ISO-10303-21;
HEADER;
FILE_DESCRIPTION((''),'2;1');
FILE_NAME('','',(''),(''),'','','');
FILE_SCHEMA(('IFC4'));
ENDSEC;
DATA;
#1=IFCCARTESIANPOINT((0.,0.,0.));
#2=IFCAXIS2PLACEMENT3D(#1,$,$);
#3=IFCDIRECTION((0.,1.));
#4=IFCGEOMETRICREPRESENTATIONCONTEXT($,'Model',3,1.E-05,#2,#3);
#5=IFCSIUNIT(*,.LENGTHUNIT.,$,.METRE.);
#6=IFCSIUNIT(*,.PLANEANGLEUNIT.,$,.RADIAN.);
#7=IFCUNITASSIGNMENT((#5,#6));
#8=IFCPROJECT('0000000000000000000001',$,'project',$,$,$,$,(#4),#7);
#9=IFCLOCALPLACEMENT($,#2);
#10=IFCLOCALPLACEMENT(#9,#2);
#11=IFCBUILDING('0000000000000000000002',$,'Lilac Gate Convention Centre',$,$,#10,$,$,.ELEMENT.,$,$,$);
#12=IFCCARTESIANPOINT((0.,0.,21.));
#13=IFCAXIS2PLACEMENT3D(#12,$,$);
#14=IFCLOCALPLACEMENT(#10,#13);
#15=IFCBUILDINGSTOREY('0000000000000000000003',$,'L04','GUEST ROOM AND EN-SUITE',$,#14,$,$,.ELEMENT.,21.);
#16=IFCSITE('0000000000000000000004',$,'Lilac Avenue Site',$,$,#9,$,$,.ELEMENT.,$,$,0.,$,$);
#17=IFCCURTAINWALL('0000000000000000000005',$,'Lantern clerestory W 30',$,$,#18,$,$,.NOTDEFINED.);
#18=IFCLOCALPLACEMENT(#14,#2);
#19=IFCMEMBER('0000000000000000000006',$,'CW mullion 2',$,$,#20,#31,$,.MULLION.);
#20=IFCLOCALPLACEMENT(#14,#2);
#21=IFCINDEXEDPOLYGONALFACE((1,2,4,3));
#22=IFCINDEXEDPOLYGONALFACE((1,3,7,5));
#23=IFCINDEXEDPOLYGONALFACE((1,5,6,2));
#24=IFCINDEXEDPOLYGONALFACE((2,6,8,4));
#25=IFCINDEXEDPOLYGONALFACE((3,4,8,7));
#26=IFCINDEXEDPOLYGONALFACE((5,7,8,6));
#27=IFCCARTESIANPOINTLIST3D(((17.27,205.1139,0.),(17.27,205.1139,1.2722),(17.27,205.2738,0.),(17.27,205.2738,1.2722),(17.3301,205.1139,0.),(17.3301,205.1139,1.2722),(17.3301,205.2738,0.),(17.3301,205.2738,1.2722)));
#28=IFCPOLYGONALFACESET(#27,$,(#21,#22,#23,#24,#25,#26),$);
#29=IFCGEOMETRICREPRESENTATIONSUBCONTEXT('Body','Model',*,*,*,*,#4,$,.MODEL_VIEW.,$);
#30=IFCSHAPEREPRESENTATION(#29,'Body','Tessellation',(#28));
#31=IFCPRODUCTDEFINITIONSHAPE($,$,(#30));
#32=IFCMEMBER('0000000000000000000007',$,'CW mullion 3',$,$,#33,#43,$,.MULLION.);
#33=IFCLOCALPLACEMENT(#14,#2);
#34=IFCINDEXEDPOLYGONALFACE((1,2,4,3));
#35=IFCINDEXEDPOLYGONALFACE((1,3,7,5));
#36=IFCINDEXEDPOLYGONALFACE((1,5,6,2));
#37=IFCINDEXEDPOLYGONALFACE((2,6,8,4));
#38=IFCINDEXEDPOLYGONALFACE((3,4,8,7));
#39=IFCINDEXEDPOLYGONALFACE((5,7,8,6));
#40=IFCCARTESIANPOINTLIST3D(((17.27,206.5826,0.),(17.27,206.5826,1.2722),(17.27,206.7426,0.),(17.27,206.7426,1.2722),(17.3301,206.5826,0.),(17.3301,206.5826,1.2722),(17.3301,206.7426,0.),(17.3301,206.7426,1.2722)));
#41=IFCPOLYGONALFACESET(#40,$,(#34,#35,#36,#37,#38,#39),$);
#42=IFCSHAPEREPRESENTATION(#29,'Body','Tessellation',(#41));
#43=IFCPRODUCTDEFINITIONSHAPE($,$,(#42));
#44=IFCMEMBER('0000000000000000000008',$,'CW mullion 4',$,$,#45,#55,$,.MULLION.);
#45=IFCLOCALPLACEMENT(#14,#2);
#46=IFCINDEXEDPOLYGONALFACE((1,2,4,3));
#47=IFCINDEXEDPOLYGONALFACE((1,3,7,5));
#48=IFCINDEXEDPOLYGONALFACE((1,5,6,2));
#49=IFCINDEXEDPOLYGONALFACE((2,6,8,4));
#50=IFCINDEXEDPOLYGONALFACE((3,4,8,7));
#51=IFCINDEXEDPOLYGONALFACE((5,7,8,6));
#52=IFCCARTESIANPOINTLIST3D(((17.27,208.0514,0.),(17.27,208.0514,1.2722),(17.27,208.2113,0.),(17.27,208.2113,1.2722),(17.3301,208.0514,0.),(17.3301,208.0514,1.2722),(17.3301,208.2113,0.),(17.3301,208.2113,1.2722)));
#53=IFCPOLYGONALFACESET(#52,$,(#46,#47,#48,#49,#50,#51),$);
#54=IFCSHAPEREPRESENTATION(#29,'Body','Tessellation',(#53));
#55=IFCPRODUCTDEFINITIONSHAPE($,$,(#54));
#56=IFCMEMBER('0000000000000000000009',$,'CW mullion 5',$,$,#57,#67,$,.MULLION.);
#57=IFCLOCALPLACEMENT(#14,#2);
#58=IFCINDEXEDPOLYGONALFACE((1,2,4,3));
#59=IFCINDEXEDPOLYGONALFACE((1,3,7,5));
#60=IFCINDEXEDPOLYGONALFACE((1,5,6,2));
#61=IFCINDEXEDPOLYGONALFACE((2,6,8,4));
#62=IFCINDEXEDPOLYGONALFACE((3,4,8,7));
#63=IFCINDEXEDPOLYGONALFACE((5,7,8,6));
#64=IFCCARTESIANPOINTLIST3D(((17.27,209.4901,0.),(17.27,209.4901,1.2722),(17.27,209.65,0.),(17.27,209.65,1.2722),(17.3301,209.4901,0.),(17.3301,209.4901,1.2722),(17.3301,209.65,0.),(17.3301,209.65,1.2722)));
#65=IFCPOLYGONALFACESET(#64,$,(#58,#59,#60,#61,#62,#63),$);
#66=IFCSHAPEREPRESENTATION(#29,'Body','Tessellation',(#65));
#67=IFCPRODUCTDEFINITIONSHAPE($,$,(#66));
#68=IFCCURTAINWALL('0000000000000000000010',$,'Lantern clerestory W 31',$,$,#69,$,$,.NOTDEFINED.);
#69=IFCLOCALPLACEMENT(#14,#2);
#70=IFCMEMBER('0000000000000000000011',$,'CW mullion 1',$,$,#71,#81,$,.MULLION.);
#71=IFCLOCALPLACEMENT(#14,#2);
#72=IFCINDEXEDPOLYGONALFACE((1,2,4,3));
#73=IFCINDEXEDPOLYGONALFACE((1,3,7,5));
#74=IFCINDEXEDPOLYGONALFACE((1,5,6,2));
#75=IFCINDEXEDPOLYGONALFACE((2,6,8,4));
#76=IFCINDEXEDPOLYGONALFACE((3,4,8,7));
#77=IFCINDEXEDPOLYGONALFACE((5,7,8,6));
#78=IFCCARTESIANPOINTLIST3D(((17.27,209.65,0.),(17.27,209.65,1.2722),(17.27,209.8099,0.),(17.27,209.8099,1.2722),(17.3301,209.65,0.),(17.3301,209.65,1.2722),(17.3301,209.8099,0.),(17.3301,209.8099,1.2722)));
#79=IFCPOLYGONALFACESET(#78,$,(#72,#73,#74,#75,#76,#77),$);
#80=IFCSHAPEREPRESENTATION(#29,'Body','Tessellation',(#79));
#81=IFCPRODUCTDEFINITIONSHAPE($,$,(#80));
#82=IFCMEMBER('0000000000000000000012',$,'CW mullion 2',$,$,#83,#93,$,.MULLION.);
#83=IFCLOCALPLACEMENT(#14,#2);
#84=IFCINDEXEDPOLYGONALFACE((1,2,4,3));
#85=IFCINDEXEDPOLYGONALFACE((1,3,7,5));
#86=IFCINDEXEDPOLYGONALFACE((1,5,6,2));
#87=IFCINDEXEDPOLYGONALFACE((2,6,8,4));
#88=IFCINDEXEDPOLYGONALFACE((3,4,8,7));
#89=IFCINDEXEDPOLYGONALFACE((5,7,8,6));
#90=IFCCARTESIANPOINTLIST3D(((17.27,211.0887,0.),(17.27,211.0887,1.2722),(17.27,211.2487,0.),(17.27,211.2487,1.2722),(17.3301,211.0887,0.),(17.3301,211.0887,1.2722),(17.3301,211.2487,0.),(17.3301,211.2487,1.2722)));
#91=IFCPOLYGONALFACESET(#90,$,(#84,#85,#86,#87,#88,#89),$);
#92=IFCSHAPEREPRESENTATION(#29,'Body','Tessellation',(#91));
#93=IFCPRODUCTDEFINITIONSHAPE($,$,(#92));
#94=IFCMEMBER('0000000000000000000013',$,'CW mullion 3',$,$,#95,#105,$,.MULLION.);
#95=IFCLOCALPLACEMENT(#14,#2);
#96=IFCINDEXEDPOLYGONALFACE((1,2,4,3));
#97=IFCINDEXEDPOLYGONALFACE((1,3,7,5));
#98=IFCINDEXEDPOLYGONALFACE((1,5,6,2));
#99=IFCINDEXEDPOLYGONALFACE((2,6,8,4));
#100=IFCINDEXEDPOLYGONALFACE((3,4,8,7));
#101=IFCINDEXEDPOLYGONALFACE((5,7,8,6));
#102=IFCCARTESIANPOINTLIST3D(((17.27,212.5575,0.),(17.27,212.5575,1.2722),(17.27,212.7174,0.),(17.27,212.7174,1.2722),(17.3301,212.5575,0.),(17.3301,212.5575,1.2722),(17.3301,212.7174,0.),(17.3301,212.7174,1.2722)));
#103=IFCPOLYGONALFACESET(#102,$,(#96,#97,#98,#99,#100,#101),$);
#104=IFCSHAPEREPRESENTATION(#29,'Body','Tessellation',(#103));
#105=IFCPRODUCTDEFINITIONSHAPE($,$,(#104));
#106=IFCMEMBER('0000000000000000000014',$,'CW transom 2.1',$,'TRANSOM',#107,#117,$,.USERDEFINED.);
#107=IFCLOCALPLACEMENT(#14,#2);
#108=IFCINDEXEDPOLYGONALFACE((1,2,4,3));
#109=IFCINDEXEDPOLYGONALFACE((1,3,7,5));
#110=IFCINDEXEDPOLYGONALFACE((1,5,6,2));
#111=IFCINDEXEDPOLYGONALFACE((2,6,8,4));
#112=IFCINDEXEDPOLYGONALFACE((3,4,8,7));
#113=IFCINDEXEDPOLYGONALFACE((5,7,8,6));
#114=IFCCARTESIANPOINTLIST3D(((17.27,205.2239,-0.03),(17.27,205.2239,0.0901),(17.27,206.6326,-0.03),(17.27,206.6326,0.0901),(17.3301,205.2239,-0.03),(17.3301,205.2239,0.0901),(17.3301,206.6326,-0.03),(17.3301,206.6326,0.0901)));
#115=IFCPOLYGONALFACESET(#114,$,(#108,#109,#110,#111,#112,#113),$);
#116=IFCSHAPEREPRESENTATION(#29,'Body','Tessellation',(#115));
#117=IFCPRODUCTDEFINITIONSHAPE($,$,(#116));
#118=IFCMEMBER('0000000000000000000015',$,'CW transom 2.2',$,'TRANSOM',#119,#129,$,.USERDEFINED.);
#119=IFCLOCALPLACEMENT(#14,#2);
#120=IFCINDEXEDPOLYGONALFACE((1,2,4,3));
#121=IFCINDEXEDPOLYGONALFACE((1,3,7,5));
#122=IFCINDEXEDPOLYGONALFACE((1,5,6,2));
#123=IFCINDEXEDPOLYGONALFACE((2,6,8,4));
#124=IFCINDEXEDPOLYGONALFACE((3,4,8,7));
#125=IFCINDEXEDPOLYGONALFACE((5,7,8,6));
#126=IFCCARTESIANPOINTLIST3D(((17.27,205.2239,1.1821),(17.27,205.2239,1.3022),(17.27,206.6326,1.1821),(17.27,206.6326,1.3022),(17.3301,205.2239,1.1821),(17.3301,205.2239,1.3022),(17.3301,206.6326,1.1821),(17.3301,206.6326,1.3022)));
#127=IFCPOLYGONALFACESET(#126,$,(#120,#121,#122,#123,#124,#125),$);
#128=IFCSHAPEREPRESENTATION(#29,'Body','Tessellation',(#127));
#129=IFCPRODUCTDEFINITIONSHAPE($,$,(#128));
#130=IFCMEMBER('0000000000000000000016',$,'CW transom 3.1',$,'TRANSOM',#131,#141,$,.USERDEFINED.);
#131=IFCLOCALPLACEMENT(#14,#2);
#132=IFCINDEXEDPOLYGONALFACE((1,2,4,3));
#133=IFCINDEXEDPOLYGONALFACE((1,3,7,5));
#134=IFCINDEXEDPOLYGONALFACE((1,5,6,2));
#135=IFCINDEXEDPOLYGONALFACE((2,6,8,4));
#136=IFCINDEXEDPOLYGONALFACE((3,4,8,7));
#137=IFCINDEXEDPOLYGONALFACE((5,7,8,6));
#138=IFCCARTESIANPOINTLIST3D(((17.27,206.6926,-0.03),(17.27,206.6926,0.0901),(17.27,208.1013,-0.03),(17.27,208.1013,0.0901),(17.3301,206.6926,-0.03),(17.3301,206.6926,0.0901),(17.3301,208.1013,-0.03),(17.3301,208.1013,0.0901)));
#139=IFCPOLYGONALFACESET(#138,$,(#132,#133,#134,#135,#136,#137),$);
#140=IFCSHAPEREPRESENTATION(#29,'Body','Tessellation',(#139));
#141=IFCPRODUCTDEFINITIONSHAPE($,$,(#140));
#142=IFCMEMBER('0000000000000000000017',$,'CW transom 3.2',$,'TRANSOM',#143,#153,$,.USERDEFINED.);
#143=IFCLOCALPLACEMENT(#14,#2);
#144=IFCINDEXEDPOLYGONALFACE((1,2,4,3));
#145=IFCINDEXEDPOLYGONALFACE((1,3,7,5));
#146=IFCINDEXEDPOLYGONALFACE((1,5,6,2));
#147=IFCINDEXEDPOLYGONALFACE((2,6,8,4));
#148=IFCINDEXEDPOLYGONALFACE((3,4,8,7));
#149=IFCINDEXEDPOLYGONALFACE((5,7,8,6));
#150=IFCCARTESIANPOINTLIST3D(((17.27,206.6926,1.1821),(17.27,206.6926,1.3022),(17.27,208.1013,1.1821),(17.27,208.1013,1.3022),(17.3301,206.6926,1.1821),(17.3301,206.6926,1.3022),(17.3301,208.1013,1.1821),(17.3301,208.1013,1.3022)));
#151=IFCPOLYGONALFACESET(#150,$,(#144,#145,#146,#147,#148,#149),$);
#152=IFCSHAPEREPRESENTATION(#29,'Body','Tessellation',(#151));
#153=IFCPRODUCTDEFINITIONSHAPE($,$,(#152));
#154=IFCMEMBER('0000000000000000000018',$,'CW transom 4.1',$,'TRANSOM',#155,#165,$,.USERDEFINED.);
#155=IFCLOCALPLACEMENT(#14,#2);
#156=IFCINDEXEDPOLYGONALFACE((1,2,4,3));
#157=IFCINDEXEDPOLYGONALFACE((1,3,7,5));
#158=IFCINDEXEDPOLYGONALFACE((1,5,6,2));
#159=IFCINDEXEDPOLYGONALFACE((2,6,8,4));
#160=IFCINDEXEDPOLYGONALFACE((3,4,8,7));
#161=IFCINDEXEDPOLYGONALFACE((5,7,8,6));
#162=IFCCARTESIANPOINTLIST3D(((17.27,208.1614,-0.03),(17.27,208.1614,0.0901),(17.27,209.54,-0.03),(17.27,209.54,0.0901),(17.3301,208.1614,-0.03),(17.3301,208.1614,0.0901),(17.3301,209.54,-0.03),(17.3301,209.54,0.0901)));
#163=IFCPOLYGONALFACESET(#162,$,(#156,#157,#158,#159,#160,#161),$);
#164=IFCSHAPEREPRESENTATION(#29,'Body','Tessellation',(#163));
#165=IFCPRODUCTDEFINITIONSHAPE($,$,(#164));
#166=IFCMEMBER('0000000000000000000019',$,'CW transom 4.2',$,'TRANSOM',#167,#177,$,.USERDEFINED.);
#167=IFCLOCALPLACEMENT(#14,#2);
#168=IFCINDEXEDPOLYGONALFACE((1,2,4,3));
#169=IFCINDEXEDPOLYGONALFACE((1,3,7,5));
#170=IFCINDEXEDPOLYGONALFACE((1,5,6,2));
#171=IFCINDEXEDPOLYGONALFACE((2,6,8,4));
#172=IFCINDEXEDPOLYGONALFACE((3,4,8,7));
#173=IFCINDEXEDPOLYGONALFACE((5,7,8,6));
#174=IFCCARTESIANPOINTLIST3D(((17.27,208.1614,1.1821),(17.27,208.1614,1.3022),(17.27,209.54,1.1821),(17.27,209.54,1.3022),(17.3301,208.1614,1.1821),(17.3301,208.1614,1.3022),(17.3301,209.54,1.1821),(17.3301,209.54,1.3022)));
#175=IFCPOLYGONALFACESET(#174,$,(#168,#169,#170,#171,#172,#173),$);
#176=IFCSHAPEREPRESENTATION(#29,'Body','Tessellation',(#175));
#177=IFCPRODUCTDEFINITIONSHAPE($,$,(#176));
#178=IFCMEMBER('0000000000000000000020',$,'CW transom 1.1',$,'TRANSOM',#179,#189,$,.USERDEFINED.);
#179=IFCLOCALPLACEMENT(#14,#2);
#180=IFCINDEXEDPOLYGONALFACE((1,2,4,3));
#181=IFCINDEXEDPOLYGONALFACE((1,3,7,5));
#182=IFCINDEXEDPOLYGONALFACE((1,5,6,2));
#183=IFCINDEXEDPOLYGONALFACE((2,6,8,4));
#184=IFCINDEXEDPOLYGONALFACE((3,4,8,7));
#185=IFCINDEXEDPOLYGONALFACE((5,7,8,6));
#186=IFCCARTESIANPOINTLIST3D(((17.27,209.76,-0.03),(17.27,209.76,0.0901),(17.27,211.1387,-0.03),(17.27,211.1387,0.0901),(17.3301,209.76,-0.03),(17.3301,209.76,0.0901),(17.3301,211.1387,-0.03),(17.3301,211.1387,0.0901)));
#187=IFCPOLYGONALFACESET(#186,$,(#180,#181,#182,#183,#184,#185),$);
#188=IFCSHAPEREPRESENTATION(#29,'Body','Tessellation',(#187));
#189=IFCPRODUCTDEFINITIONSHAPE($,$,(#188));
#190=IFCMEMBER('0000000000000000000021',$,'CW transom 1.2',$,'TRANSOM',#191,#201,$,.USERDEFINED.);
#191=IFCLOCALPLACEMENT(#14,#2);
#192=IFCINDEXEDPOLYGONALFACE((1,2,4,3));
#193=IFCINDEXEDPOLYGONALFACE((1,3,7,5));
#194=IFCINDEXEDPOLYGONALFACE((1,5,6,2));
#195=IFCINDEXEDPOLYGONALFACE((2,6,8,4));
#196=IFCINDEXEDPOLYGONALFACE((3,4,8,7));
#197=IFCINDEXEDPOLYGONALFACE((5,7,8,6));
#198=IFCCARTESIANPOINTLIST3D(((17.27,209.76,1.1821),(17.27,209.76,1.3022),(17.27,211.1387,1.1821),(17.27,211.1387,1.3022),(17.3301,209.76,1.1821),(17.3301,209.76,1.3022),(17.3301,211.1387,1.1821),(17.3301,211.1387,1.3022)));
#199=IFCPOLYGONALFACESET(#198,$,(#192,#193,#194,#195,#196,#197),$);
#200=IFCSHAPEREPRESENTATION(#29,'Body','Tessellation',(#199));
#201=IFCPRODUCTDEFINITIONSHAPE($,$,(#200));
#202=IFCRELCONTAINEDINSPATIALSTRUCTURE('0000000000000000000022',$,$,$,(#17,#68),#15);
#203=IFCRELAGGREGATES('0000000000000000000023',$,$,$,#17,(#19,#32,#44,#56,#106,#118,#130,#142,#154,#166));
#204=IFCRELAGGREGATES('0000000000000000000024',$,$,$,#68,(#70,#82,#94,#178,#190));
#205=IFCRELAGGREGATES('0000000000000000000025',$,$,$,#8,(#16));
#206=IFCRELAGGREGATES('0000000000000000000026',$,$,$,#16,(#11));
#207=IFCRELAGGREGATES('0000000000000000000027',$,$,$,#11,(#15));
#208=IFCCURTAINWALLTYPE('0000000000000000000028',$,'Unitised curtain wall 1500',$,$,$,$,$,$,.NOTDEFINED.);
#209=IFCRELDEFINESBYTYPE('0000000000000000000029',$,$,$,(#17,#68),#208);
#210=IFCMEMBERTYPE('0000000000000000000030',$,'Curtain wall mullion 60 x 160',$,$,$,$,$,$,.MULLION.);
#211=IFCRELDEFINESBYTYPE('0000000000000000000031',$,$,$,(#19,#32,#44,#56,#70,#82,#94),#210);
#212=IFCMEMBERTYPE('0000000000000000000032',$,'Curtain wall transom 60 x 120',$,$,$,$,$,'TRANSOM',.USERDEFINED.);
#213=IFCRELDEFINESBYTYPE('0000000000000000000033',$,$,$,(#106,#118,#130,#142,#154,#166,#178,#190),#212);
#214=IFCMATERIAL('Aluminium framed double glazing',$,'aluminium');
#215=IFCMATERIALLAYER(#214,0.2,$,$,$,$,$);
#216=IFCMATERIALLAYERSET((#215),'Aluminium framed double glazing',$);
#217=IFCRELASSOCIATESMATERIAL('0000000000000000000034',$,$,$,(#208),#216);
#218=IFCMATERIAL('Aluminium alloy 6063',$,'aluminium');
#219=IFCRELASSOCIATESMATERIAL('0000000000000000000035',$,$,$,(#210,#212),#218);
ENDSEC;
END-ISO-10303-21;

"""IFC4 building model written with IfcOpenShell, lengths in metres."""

from ifc_helpers import new_model, si_unit, direction, frame, origin, origin_2d, place, context, subcontext, project, spatial, rectangle, extrude, material, layer, layer_set, material_profile, profile_set, type_object, element, aggregate, save


model = new_model("IFC4")

# Units and contexts
model_context = context("Model", 3, precision=1e-05, world=origin(), true_north=direction((0.0, 1.0)))
body_context = subcontext(model_context, "Body", "Model", "MODEL_VIEW")
ifc_project = project(units=[si_unit("LENGTHUNIT", "METRE"), si_unit("PLANEANGLEUNIT", "RADIAN")], contexts=[model_context])

# Site, building, storey
site_placement = place(None, origin())
site = spatial("IfcSite", under=ifc_project, at=site_placement, Name="Lilac Avenue Site", CompositionType="ELEMENT", RefElevation=0.0)
building_placement = place(site_placement, origin())
building = spatial("IfcBuilding", under=site, at=building_placement, Name="Lilac Gate Convention Centre", CompositionType="ELEMENT")
storey_placement = place(building_placement, frame((0.0, 0.0, 21.0)))
storey = spatial("IfcBuildingStorey", under=building, at=storey_placement, Name="L04", Description="GUEST ROOM AND EN-SUITE", CompositionType="ELEMENT", Elevation=21.0)

# Curtain walls, members
ifc_material_1 = material(Name="Aluminium framed double glazing", Category="aluminium")
ifc_layer_1 = layer(ifc_material_1, 0.2)
ifc_layer_set_1 = layer_set([ifc_layer_1], Name="Aluminium framed double glazing")
curtain_wall_type = type_object("IfcCurtainWallType", Name="Unitised curtain wall 1500", PredefinedType="NOTDEFINED", material=ifc_layer_set_1)
curtain_wall_1_placement = place(storey_placement, origin())
curtain_wall_1 = element("IfcCurtainWall", 1, at=curtain_wall_1_placement, inside=storey, type_object=curtain_wall_type, Name="Lantern clerestory W 30", PredefinedType="NOTDEFINED")
ifc_material_2 = material(Name="Aluminium alloy 6063", Category="aluminium")
ifc_material_profile_1 = material_profile(ifc_material_2, rectangle(XDim=0.0601, YDim=0.1599, at=origin_2d()), Name="Curtain wall mullion 60 x 160")
ifc_profile_set_1 = profile_set([ifc_material_profile_1], Name="Aluminium alloy 6063")
member_type_1 = type_object("IfcMemberType", Name="Curtain wall mullion 60 x 160", PredefinedType="MULLION", material=ifc_profile_set_1)
member_1_placement = place(storey_placement, frame((17.3, 205.1938, 0.0), z_axis=(0.0, 0.0, 1.0), x_axis=(-1.0, 0.0, 0.0)))
member_1 = element("IfcMember", 2, at=member_1_placement, type_object=member_type_1, Name="CW mullion 2", PredefinedType="MULLION", context=body_context, shape_type="SweptSolid", body=[
    extrude(rectangle(XDim=0.0601, YDim=0.1599, at=origin_2d()), origin(), (0.0, 0.0, 1.0), 1.2722),
])
member_2_placement = place(storey_placement, frame((17.3, 206.6626, 0.0), z_axis=(0.0, 0.0, 1.0), x_axis=(-1.0, 0.0, 0.0)))
member_2 = element("IfcMember", 3, at=member_2_placement, type_object=member_type_1, Name="CW mullion 3", PredefinedType="MULLION", context=body_context, shape_type="SweptSolid", body=[
    extrude(rectangle(XDim=0.0601, YDim=0.1599, at=origin_2d()), origin(), (0.0, 0.0, 1.0), 1.2722),
])
member_3_placement = place(storey_placement, frame((17.3, 208.1313, 0.0), z_axis=(0.0, 0.0, 1.0), x_axis=(-1.0, 0.0, 0.0)))
member_3 = element("IfcMember", 4, at=member_3_placement, type_object=member_type_1, Name="CW mullion 4", PredefinedType="MULLION", context=body_context, shape_type="SweptSolid", body=[
    extrude(rectangle(XDim=0.0601, YDim=0.1599, at=origin_2d()), origin(), (0.0, 0.0, 1.0), 1.2722),
])
member_4_placement = place(storey_placement, frame((17.3, 209.5701, 0.0), z_axis=(0.0, 0.0, 1.0), x_axis=(-1.0, 0.0, 0.0)))
member_4 = element("IfcMember", 5, at=member_4_placement, type_object=member_type_1, Name="CW mullion 5", PredefinedType="MULLION", context=body_context, shape_type="SweptSolid", body=[
    extrude(rectangle(XDim=0.0601, YDim=0.1599, at=origin_2d()), origin(), (0.0, 0.0, 1.0), 1.2722),
])
curtain_wall_2_placement = place(storey_placement, origin())
curtain_wall_2 = element("IfcCurtainWall", 6, at=curtain_wall_2_placement, inside=storey, type_object=curtain_wall_type, Name="Lantern clerestory W 31", PredefinedType="NOTDEFINED")
member_5_placement = place(storey_placement, frame((17.3, 209.73, 0.0), z_axis=(0.0, 0.0, 1.0), x_axis=(-1.0, 0.0, 0.0)))
member_5 = element("IfcMember", 7, at=member_5_placement, type_object=member_type_1, Name="CW mullion 1", PredefinedType="MULLION", context=body_context, shape_type="SweptSolid", body=[
    extrude(rectangle(XDim=0.0601, YDim=0.1599, at=origin_2d()), origin(), (0.0, 0.0, 1.0), 1.2722),
])
member_6_placement = place(storey_placement, frame((17.3, 211.1687, 0.0), z_axis=(0.0, 0.0, 1.0), x_axis=(-1.0, 0.0, 0.0)))
member_6 = element("IfcMember", 8, at=member_6_placement, type_object=member_type_1, Name="CW mullion 2", PredefinedType="MULLION", context=body_context, shape_type="SweptSolid", body=[
    extrude(rectangle(XDim=0.0601, YDim=0.1599, at=origin_2d()), origin(), (0.0, 0.0, 1.0), 1.2722),
])
member_7_placement = place(storey_placement, frame((17.3, 212.6375, 0.0), z_axis=(0.0, 0.0, 1.0), x_axis=(-1.0, 0.0, 0.0)))
member_7 = element("IfcMember", 9, at=member_7_placement, type_object=member_type_1, Name="CW mullion 3", PredefinedType="MULLION", context=body_context, shape_type="SweptSolid", body=[
    extrude(rectangle(XDim=0.0601, YDim=0.1599, at=origin_2d()), origin(), (0.0, 0.0, 1.0), 1.2722),
])

# Members
ifc_material_profile_2 = material_profile(ifc_material_2, rectangle(XDim=0.0601, YDim=0.1201, at=origin_2d()), Name="Curtain wall transom 60 x 120")
ifc_profile_set_2 = profile_set([ifc_material_profile_2], Name="Aluminium alloy 6063")
member_type_2 = type_object("IfcMemberType", Name="Curtain wall transom 60 x 120", ElementType="TRANSOM", PredefinedType="USERDEFINED", material=ifc_profile_set_2)
member_8_placement = place(storey_placement, frame((17.3, 205.2239, 0.03), z_axis=(0.0, 1.0, 0.0), x_axis=(-1.0, 0.0, 0.0)))
member_8 = element("IfcMember", 10, at=member_8_placement, type_object=member_type_2, Name="CW transom 2.1", ObjectType="TRANSOM", PredefinedType="USERDEFINED", context=body_context, shape_type="SweptSolid", body=[
    extrude(rectangle(XDim=0.0601, YDim=0.1201, at=origin_2d()), origin(), (0.0, 0.0, 1.0), 1.4087),
])
member_9_placement = place(storey_placement, frame((17.3, 205.2239, 1.2422), z_axis=(0.0, 1.0, 0.0), x_axis=(-1.0, 0.0, 0.0)))
member_9 = element("IfcMember", 11, at=member_9_placement, type_object=member_type_2, Name="CW transom 2.2", ObjectType="TRANSOM", PredefinedType="USERDEFINED", context=body_context, shape_type="SweptSolid", body=[
    extrude(rectangle(XDim=0.0601, YDim=0.1201, at=origin_2d()), origin(), (0.0, 0.0, 1.0), 1.4087),
])
member_10_placement = place(storey_placement, frame((17.3, 206.6926, 0.03), z_axis=(0.0, 1.0, 0.0), x_axis=(-1.0, 0.0, 0.0)))
member_10 = element("IfcMember", 12, at=member_10_placement, type_object=member_type_2, Name="CW transom 3.1", ObjectType="TRANSOM", PredefinedType="USERDEFINED", context=body_context, shape_type="SweptSolid", body=[
    extrude(rectangle(XDim=0.0601, YDim=0.1201, at=origin_2d()), origin(), (0.0, 0.0, 1.0), 1.4087),
])
member_11_placement = place(storey_placement, frame((17.3, 206.6926, 1.2422), z_axis=(0.0, 1.0, 0.0), x_axis=(-1.0, 0.0, 0.0)))
member_11 = element("IfcMember", 13, at=member_11_placement, type_object=member_type_2, Name="CW transom 3.2", ObjectType="TRANSOM", PredefinedType="USERDEFINED", context=body_context, shape_type="SweptSolid", body=[
    extrude(rectangle(XDim=0.0601, YDim=0.1201, at=origin_2d()), origin(), (0.0, 0.0, 1.0), 1.4087),
])
member_12_placement = place(storey_placement, frame((17.3, 208.1614, 0.03), z_axis=(0.0, 1.0, 0.0), x_axis=(-1.0, 0.0, 0.0)))
member_12 = element("IfcMember", 14, at=member_12_placement, type_object=member_type_2, Name="CW transom 4.1", ObjectType="TRANSOM", PredefinedType="USERDEFINED", context=body_context, shape_type="SweptSolid", body=[
    extrude(rectangle(XDim=0.0601, YDim=0.1201, at=origin_2d()), origin(), (0.0, 0.0, 1.0), 1.3787),
])
member_13_placement = place(storey_placement, frame((17.3, 208.1614, 1.2422), z_axis=(0.0, 1.0, 0.0), x_axis=(-1.0, 0.0, 0.0)))
member_13 = element("IfcMember", 15, at=member_13_placement, type_object=member_type_2, Name="CW transom 4.2", ObjectType="TRANSOM", PredefinedType="USERDEFINED", context=body_context, shape_type="SweptSolid", body=[
    extrude(rectangle(XDim=0.0601, YDim=0.1201, at=origin_2d()), origin(), (0.0, 0.0, 1.0), 1.3787),
])
member_14_placement = place(storey_placement, frame((17.3, 209.76, 0.03), z_axis=(0.0, 1.0, 0.0), x_axis=(-1.0, 0.0, 0.0)))
member_14 = element("IfcMember", 16, at=member_14_placement, type_object=member_type_2, Name="CW transom 1.1", ObjectType="TRANSOM", PredefinedType="USERDEFINED", context=body_context, shape_type="SweptSolid", body=[
    extrude(rectangle(XDim=0.0601, YDim=0.1201, at=origin_2d()), origin(), (0.0, 0.0, 1.0), 1.3787),
])
member_15_placement = place(storey_placement, frame((17.3, 209.76, 1.2422), z_axis=(0.0, 1.0, 0.0), x_axis=(-1.0, 0.0, 0.0)))
member_15 = element("IfcMember", 17, at=member_15_placement, type_object=member_type_2, Name="CW transom 1.2", ObjectType="TRANSOM", PredefinedType="USERDEFINED", context=body_context, shape_type="SweptSolid", body=[
    extrude(rectangle(XDim=0.0601, YDim=0.1201, at=origin_2d()), origin(), (0.0, 0.0, 1.0), 1.3787),
])

aggregate(curtain_wall_1, [member_1, member_2, member_3, member_4, member_8, member_9, member_10, member_11, member_12, member_13])
aggregate(curtain_wall_2, [member_5, member_6, member_7, member_14, member_15])

save(model, "model.ifc")
